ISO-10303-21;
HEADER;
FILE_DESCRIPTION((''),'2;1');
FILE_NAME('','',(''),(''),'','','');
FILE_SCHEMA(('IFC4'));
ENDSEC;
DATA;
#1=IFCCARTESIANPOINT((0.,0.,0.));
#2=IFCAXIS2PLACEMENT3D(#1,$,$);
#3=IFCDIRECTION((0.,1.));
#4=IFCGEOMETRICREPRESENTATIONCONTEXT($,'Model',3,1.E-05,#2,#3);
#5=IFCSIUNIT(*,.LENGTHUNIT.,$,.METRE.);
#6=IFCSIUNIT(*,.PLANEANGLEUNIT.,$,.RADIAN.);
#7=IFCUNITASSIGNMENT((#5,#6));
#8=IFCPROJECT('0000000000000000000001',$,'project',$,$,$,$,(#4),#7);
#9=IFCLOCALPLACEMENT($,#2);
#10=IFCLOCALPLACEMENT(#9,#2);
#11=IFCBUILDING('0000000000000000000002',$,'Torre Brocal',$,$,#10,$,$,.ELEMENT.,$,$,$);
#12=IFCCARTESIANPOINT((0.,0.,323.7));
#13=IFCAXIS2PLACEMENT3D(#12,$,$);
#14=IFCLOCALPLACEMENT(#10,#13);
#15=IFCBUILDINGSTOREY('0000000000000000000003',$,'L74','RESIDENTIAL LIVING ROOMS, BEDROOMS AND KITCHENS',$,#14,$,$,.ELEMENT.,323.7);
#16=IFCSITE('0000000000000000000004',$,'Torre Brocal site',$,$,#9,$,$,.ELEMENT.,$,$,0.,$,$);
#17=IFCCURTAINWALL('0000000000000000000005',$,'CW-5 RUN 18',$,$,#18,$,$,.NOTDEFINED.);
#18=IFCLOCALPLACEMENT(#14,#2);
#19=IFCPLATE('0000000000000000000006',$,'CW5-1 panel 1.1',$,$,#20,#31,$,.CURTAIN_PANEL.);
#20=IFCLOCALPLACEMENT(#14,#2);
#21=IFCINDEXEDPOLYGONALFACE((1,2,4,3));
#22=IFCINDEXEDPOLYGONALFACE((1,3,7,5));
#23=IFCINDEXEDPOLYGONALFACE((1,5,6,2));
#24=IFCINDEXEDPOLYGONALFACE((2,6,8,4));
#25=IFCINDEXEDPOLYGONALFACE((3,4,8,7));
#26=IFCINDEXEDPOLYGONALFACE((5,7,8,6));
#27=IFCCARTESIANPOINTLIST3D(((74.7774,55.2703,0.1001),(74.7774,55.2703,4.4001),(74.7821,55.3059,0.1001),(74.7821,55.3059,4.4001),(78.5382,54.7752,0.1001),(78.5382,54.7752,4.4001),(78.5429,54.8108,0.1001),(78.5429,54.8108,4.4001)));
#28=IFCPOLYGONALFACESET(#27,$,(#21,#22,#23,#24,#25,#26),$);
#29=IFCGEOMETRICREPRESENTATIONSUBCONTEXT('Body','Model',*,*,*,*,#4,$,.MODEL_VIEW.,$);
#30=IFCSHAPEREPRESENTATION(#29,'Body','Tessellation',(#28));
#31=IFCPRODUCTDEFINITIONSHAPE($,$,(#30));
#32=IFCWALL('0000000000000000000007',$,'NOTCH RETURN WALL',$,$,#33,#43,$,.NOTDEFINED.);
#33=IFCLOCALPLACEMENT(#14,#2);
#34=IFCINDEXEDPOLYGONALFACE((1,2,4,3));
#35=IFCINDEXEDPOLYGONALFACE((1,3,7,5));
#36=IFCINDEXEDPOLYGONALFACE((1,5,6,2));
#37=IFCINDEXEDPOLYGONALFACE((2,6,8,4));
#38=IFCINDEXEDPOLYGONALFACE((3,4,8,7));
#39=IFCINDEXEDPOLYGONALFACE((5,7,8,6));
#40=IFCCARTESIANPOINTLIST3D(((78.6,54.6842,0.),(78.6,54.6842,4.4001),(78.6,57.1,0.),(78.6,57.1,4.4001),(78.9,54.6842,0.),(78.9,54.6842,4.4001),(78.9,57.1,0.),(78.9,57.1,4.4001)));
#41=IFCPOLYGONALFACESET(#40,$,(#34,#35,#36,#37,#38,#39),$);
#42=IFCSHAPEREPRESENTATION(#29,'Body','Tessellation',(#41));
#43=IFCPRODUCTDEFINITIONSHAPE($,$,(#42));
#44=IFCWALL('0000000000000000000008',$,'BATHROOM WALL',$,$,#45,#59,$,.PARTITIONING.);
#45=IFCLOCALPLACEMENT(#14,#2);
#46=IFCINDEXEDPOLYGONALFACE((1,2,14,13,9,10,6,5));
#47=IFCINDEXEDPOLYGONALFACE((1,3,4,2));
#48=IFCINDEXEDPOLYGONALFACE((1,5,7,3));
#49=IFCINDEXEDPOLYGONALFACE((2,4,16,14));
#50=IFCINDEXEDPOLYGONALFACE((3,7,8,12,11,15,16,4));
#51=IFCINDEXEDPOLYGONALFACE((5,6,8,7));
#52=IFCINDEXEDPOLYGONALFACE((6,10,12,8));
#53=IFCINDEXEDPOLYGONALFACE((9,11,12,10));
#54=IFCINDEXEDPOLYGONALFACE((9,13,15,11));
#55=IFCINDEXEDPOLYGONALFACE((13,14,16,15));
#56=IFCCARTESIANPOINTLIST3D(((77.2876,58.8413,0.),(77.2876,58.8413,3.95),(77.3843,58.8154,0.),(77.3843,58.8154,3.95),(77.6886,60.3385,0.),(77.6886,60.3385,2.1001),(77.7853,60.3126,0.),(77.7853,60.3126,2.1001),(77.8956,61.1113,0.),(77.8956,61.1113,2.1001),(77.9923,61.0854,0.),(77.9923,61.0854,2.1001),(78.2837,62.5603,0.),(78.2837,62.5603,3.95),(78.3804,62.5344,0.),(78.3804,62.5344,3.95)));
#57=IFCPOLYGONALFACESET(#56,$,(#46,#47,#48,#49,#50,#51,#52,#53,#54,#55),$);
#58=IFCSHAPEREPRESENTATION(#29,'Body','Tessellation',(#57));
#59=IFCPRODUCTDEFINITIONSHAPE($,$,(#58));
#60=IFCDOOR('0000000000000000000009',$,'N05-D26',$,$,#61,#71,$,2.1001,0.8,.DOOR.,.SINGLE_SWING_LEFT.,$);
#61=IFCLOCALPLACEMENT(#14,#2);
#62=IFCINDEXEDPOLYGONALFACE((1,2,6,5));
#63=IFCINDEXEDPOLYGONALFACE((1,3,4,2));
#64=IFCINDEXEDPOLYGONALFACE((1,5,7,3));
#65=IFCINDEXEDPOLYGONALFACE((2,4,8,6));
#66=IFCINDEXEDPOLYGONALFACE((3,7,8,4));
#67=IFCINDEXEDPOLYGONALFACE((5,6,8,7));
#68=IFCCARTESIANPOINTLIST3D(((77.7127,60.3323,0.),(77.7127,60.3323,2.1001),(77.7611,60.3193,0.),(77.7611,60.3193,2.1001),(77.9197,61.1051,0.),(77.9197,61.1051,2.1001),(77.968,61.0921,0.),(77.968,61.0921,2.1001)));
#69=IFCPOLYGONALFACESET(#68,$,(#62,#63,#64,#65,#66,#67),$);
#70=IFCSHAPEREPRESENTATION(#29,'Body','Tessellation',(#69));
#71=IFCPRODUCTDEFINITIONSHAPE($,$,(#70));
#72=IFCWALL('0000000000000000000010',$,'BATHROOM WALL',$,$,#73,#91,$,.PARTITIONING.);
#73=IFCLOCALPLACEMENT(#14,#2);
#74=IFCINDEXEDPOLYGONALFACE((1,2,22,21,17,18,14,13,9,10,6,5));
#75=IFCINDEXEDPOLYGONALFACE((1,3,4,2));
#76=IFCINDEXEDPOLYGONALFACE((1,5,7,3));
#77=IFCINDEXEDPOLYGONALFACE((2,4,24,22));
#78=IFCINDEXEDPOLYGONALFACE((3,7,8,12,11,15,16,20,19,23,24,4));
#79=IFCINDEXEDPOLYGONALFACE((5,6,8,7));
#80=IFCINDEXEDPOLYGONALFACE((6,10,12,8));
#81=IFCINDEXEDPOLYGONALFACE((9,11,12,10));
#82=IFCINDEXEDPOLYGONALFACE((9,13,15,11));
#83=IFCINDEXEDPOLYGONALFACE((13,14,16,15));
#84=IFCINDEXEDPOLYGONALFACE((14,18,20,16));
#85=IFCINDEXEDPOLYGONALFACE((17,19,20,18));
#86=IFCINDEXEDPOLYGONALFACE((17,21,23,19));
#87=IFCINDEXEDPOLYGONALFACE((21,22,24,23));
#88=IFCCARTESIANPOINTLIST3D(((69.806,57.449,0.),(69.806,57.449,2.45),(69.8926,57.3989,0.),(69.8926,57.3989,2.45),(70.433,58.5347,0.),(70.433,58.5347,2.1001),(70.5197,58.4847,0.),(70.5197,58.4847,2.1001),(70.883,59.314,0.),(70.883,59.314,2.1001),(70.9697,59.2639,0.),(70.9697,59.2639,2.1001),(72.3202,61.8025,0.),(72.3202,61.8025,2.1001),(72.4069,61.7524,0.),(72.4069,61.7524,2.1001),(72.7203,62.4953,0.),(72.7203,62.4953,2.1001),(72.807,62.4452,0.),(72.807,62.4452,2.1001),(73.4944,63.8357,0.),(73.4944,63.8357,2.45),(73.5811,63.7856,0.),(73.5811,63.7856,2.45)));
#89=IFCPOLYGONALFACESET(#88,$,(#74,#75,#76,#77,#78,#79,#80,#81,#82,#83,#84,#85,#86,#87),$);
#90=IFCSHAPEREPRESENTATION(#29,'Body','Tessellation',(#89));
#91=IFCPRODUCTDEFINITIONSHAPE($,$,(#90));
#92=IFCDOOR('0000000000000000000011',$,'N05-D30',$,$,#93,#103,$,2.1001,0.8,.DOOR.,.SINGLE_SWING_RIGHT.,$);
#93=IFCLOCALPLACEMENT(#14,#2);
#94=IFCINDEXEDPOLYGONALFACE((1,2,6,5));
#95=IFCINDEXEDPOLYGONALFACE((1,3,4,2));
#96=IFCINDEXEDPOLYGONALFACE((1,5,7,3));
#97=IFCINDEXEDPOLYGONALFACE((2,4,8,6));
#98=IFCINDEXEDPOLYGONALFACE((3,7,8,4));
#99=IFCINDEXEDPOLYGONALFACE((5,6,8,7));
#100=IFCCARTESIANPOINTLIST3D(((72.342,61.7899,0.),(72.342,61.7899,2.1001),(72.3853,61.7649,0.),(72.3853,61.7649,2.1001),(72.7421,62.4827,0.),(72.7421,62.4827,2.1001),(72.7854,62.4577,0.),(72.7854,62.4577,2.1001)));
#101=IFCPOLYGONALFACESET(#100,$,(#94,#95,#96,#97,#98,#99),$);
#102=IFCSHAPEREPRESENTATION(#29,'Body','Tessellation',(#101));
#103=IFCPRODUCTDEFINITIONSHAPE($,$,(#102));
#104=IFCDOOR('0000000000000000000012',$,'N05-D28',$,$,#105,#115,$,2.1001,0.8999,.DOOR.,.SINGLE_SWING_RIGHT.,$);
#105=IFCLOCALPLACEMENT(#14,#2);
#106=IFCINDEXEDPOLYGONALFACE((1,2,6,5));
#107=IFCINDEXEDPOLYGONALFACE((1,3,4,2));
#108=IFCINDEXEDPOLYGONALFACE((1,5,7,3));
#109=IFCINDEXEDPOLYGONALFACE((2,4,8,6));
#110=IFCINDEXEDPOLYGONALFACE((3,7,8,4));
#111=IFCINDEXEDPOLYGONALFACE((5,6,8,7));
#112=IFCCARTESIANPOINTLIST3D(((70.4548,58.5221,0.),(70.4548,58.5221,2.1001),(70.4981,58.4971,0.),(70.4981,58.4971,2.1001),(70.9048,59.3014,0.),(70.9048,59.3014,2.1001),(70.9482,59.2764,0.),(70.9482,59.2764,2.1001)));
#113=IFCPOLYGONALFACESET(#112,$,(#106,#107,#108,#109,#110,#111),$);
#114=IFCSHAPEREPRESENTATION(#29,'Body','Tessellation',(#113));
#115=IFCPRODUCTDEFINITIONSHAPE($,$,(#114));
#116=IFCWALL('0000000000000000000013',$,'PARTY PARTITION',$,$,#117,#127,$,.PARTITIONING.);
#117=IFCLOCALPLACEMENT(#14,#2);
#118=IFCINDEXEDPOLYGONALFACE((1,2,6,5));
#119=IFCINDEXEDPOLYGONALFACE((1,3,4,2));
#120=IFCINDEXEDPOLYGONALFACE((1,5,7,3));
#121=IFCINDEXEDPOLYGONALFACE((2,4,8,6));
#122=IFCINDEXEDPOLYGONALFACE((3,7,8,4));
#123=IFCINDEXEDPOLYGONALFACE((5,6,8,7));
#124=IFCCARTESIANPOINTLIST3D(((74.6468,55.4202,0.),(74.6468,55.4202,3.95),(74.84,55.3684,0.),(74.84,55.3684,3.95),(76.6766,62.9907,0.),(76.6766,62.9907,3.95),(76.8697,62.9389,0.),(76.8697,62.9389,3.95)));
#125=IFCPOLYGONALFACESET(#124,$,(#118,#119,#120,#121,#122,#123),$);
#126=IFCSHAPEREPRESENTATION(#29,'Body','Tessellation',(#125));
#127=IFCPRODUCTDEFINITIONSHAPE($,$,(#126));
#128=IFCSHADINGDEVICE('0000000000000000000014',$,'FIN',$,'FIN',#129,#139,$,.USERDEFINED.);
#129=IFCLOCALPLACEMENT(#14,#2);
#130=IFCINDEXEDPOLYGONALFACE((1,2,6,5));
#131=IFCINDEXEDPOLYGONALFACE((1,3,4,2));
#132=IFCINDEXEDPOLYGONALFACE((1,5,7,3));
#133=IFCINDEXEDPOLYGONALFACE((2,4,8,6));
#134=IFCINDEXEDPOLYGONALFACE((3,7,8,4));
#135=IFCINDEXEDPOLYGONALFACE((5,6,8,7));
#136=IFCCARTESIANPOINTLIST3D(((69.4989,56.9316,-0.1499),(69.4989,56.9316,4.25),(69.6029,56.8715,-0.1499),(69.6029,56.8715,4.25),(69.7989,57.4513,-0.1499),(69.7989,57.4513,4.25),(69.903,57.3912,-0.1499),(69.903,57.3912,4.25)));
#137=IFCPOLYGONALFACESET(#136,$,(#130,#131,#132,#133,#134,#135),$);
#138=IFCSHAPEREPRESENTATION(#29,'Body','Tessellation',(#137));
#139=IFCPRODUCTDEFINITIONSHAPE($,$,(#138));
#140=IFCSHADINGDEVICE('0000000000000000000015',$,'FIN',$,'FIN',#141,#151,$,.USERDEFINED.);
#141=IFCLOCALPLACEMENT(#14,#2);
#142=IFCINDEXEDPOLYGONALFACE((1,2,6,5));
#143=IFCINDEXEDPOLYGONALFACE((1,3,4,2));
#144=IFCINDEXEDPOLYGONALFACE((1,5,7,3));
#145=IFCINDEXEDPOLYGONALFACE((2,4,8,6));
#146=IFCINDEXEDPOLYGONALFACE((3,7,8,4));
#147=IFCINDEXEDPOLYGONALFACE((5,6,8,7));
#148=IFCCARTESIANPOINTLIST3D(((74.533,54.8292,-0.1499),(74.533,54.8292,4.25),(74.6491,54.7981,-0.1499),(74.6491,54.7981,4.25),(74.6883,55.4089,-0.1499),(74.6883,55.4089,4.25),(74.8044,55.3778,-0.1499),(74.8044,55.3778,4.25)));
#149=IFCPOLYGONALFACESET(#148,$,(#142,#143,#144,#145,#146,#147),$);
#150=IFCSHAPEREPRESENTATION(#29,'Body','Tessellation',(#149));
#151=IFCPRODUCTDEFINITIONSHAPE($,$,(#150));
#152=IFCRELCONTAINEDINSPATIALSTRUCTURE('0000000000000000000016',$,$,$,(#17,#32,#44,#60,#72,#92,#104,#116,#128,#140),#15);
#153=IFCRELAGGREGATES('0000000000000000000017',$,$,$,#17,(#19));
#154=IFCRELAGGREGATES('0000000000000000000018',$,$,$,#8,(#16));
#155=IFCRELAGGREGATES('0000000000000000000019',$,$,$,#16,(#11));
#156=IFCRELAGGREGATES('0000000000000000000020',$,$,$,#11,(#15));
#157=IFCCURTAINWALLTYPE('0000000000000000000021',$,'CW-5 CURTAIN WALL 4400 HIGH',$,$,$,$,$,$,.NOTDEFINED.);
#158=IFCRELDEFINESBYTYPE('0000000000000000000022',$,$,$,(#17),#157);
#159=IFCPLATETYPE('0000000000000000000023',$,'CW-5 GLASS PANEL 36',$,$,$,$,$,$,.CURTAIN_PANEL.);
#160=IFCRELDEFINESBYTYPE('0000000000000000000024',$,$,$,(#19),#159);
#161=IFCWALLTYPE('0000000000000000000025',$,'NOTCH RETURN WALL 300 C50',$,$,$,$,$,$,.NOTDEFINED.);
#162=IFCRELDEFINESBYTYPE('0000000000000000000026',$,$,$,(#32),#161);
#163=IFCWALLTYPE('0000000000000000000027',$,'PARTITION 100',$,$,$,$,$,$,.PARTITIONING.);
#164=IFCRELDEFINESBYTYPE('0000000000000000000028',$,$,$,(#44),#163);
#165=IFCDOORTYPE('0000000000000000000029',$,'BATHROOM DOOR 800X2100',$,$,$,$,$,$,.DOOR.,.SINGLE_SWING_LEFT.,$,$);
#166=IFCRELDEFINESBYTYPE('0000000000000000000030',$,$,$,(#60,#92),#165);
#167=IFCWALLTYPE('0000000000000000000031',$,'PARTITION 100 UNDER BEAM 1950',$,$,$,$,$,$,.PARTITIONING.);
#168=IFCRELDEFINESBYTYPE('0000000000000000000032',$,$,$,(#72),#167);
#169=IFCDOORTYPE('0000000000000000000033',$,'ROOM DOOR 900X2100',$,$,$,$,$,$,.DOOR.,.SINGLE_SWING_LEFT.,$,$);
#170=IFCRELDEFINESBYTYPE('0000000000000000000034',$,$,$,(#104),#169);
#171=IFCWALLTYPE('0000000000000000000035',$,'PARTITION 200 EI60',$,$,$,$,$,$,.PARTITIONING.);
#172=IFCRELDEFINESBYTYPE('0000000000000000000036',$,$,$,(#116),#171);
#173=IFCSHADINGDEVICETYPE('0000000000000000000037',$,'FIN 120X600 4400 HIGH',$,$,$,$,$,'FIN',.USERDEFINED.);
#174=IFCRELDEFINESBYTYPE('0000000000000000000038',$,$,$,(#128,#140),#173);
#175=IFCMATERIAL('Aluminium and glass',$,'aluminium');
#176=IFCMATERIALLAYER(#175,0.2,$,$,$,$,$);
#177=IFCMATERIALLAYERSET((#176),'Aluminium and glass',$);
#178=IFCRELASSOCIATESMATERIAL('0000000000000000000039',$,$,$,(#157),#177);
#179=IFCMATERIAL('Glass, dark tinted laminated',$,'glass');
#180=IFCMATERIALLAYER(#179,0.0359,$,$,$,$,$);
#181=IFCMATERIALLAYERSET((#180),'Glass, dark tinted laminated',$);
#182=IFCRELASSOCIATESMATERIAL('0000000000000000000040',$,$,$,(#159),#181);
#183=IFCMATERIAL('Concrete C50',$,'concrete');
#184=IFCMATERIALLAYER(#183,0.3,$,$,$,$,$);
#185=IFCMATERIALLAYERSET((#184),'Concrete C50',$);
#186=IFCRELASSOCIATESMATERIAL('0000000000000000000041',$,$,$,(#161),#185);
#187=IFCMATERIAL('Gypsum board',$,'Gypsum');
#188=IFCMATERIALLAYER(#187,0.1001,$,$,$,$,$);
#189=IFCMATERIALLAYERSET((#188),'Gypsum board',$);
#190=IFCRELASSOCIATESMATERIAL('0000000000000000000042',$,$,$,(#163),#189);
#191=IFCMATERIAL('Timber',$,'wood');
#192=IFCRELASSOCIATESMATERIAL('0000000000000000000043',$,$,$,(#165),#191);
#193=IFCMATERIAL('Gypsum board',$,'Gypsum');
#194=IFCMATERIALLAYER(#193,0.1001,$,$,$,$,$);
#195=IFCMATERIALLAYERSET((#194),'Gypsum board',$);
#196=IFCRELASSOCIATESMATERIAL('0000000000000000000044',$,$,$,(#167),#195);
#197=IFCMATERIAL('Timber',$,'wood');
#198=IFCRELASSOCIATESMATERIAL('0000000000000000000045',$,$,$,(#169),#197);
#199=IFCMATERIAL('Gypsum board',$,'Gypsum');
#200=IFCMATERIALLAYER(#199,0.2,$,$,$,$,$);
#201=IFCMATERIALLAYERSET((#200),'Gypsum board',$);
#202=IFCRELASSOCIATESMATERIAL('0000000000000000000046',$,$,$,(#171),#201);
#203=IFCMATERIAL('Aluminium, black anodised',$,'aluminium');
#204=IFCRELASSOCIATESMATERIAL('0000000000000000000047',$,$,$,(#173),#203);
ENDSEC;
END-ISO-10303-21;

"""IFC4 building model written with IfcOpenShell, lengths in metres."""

from ifc_helpers import new_model, si_unit, direction, frame, frame_2d, origin, origin_2d, place, context, subcontext, project, spatial, rectangle, extrude, material, layer, layer_set, material_profile, profile_set, type_object, element, fill, aggregate, save


model = new_model("IFC4")

# Units and contexts
model_context = context("Model", 3, precision=1e-05, world=origin(), true_north=direction((0.0, 1.0)))
body_context = subcontext(model_context, "Body", "Model", "MODEL_VIEW")
ifc_project = project(units=[si_unit("LENGTHUNIT", "METRE"), si_unit("PLANEANGLEUNIT", "RADIAN")], contexts=[model_context])

# Site, building, storey
site_placement = place(None, origin())
site = spatial("IfcSite", under=ifc_project, at=site_placement, Name="Torre Brocal site", CompositionType="ELEMENT", RefElevation=0.0)
building_placement = place(site_placement, origin())
building = spatial("IfcBuilding", under=site, at=building_placement, Name="Torre Brocal", CompositionType="ELEMENT")
storey_placement = place(building_placement, frame((0.0, 0.0, 323.7)))
storey = spatial("IfcBuildingStorey", under=building, at=storey_placement, Name="L74", Description="RESIDENTIAL LIVING ROOMS, BEDROOMS AND KITCHENS", CompositionType="ELEMENT", Elevation=323.7)

# Shared definitions
ifc_material_1 = material(Name="Aluminium and glass", Category="aluminium")
ifc_layer_1 = layer(ifc_material_1, 0.2)
ifc_layer_set_1 = layer_set([ifc_layer_1], Name="Aluminium and glass")
curtain_wall_type = type_object("IfcCurtainWallType", Name="CW-5 CURTAIN WALL 4400 HIGH", PredefinedType="NOTDEFINED", material=ifc_layer_set_1)

# Curtain wall
curtain_wall_1_placement = place(storey_placement, origin())
curtain_wall_1 = element("IfcCurtainWall", 1, at=curtain_wall_1_placement, inside=storey, type_object=curtain_wall_type, Name="CW-5 RUN 18", PredefinedType="NOTDEFINED")

# Plate
ifc_material_2 = material(Name="Glass, dark tinted laminated", Category="glass")
ifc_layer_2 = layer(ifc_material_2, 0.0359)
ifc_layer_set_2 = layer_set([ifc_layer_2], Name="Glass, dark tinted laminated")
plate_type = type_object("IfcPlateType", Name="CW-5 GLASS PANEL 36", PredefinedType="CURTAIN_PANEL", material=ifc_layer_set_2)
plate_1_placement = place(storey_placement, frame((76.6602, 55.0405, 0.1001), z_axis=(0.0, 0.0, 1.0), x_axis=(0.991445, -0.130526, 0.0)))
plate_1 = element("IfcPlate", 2, at=plate_1_placement, type_object=plate_type, Name="CW5-1 panel 1.1", PredefinedType="CURTAIN_PANEL", context=body_context, shape_type="SweptSolid", body=[
    extrude(rectangle(XDim=3.7932, YDim=0.0359, at=origin_2d()), origin(), (0.0, 0.0, 1.0), 4.3),
])
aggregate(curtain_wall_1, [plate_1])

# Wall
ifc_material_3 = material(Name="Concrete C50", Category="concrete")
ifc_layer_3 = layer(ifc_material_3, 0.3)
ifc_layer_set_3 = layer_set([ifc_layer_3], Name="Concrete C50")
wall_type_1 = type_object("IfcWallType", Name="NOTCH RETURN WALL 300 C50", PredefinedType="NOTDEFINED", material=ifc_layer_set_3)
wall_1_placement = place(storey_placement, frame((78.75, 57.1001, 0.0), z_axis=(0.0, 0.0, 1.0), x_axis=(0.0, -1.0, 0.0)))
element("IfcWall", 3, at=wall_1_placement, inside=storey, type_object=wall_type_1, Name="NOTCH RETURN WALL", PredefinedType="NOTDEFINED", context=body_context, shape_type="SweptSolid", body=[
    extrude(rectangle(XDim=2.4158, YDim=0.3, at=frame_2d((1.208, 0.0))), origin(), (0.0, 0.0, 1.0), 4.4001),
])

# Wall, opening, door
ifc_material_4 = material(Name="Gypsum board", Category="Gypsum")
ifc_layer_4 = layer(ifc_material_4, 0.1001)
ifc_layer_set_4 = layer_set([ifc_layer_4], Name="Gypsum board")
wall_type_2 = type_object("IfcWallType", Name="PARTITION 100", PredefinedType="PARTITIONING", material=ifc_layer_set_4)
wall_2_placement = place(storey_placement, frame((77.3359, 58.8284, 0.0), z_axis=(0.0, 0.0, 1.0), x_axis=(0.25872, 0.965952, 0.0)))
wall_2 = element("IfcWall", 4, at=wall_2_placement, inside=storey, type_object=wall_type_2, Name="BATHROOM WALL", PredefinedType="PARTITIONING", context=body_context, shape_type="SweptSolid", body=[
    extrude(rectangle(XDim=3.8501, YDim=0.1001, at=frame_2d((1.925, 0.0))), origin(), (0.0, 0.0, 1.0), 3.95),
])
opening_1_placement = place(wall_2_placement, frame((1.55, 0.0, 0.0)))
opening_1 = element("IfcOpeningElement", 5, at=opening_1_placement, cuts=wall_2, PredefinedType="OPENING", context=body_context, shape_type="SweptSolid", body=[
    extrude(rectangle(XDim=0.8, YDim=2.1001, at=frame_2d((0.3999, 1.05))), frame((0.0, 0.0601, 0.0), z_axis=(0.0, -1.0, 0.0), x_axis=(1.0, 0.0, 0.0)), (0.0, 0.0, 1.0), 0.1201),
])
ifc_material_5 = material(Name="Timber", Category="wood")
door_type_1 = type_object("IfcDoorType", Name="BATHROOM DOOR 800X2100", OperationType="SINGLE_SWING_LEFT", PredefinedType="DOOR", material=ifc_material_5)
door_1_placement = place(opening_1_placement, frame((0.8, 0.0, 0.0), z_axis=(0.0, 0.0, 1.0), x_axis=(-1.0, 0.0, 0.0)))
door_1 = element("IfcDoor", 6, at=door_1_placement, inside=storey, type_object=door_type_1, Name="N05-D26", OperationType="SINGLE_SWING_LEFT", OverallHeight=2.1001, OverallWidth=0.8, PredefinedType="DOOR", context=body_context, shape_type="SweptSolid", body=[
    extrude(rectangle(XDim=0.8, YDim=2.1001, at=frame_2d((0.3999, 1.05))), frame((0.0, 0.0249, 0.0), z_axis=(0.0, -1.0, 0.0), x_axis=(1.0, 0.0, 0.0)), (0.0, 0.0, 1.0), 0.05),
])
fill(opening_1, door_1)

# Wall, openings, doors
ifc_material_6 = material(Name="Gypsum board", Category="Gypsum")
ifc_layer_5 = layer(ifc_material_6, 0.1001)
ifc_layer_set_5 = layer_set([ifc_layer_5], Name="Gypsum board")
wall_type_3 = type_object("IfcWallType", Name="PARTITION 100 UNDER BEAM 1950", PredefinedType="PARTITIONING", material=ifc_layer_set_5)
wall_3_placement = place(storey_placement, frame((69.8494, 57.4241, 0.0), z_axis=(0.0, 0.0, 1.0), x_axis=(0.500112, 0.865961, 0.0)))
wall_3 = element("IfcWall", 7, at=wall_3_placement, inside=storey, type_object=wall_type_3, Name="BATHROOM WALL", PredefinedType="PARTITIONING", context=body_context, shape_type="SweptSolid", body=[
    extrude(rectangle(XDim=7.3752, YDim=0.1001, at=frame_2d((3.6875, 0.0))), origin(), (0.0, 0.0, 1.0), 2.45),
])
opening_2_placement = place(wall_3_placement, frame((1.2537, 0.0, 0.0)))
opening_2 = element("IfcOpeningElement", 8, at=opening_2_placement, cuts=wall_3, PredefinedType="OPENING", context=body_context, shape_type="SweptSolid", body=[
    extrude(rectangle(XDim=0.8999, YDim=2.1001, at=frame_2d((0.45, 1.05))), frame((0.0, 0.0601, 0.0), z_axis=(0.0, -1.0, 0.0), x_axis=(1.0, 0.0, 0.0)), (0.0, 0.0, 1.0), 0.1201),
])
opening_3_placement = place(wall_3_placement, frame((5.0273, 0.0, 0.0)))
opening_3 = element("IfcOpeningElement", 9, at=opening_3_placement, cuts=wall_3, PredefinedType="OPENING", context=body_context, shape_type="SweptSolid", body=[
    extrude(rectangle(XDim=0.8, YDim=2.1001, at=frame_2d((0.3999, 1.05))), frame((0.0, 0.0601, 0.0), z_axis=(0.0, -1.0, 0.0), x_axis=(1.0, 0.0, 0.0)), (0.0, 0.0, 1.0), 0.1201),
])
door_2_placement = place(opening_3_placement, origin())
door_2 = element("IfcDoor", 10, at=door_2_placement, inside=storey, type_object=door_type_1, Name="N05-D30", OperationType="SINGLE_SWING_RIGHT", OverallHeight=2.1001, OverallWidth=0.8, PredefinedType="DOOR", context=body_context, shape_type="SweptSolid", body=[
    extrude(rectangle(XDim=0.8, YDim=2.1001, at=frame_2d((0.3999, 1.05))), frame((0.0, 0.0249, 0.0), z_axis=(0.0, -1.0, 0.0), x_axis=(1.0, 0.0, 0.0)), (0.0, 0.0, 1.0), 0.05),
])
fill(opening_3, door_2)
ifc_material_7 = material(Name="Timber", Category="wood")
door_type_2 = type_object("IfcDoorType", Name="ROOM DOOR 900X2100", OperationType="SINGLE_SWING_LEFT", PredefinedType="DOOR", material=ifc_material_7)
door_3_placement = place(opening_2_placement, origin())
door_3 = element("IfcDoor", 11, at=door_3_placement, inside=storey, type_object=door_type_2, Name="N05-D28", OperationType="SINGLE_SWING_RIGHT", OverallHeight=2.1001, OverallWidth=0.8999, PredefinedType="DOOR", context=body_context, shape_type="SweptSolid", body=[
    extrude(rectangle(XDim=0.8999, YDim=2.1001, at=frame_2d((0.45, 1.05))), frame((0.0, 0.0249, 0.0), z_axis=(0.0, -1.0, 0.0), x_axis=(1.0, 0.0, 0.0)), (0.0, 0.0, 1.0), 0.05),
])
fill(opening_2, door_3)

# Wall
ifc_material_8 = material(Name="Gypsum board", Category="Gypsum")
ifc_layer_6 = layer(ifc_material_8, 0.2)
ifc_layer_set_6 = layer_set([ifc_layer_6], Name="Gypsum board")
wall_type_4 = type_object("IfcWallType", Name="PARTITION 200 EI60", PredefinedType="PARTITIONING", material=ifc_layer_set_6)
wall_4_placement = place(storey_placement, frame((74.7434, 55.3943, 0.0), z_axis=(0.0, 0.0, 1.0), x_axis=(0.258969, 0.965886, 0.0)))
element("IfcWall", 12, at=wall_4_placement, inside=storey, type_object=wall_type_4, Name="PARTY PARTITION", PredefinedType="PARTITIONING", context=body_context, shape_type="SweptSolid", body=[
    extrude(rectangle(XDim=7.8379, YDim=0.2, at=frame_2d((3.9189, 0.0))), origin(), (0.0, 0.0, 1.0), 3.95),
])

# Shading devices
ifc_material_9 = material(Name="Aluminium, black anodised", Category="aluminium")
ifc_material_profile_1 = material_profile(ifc_material_9, rectangle(XDim=0.1201, YDim=0.6001, at=origin_2d()), Name="FIN 120X600 4400 HIGH")
ifc_profile_set_1 = profile_set([ifc_material_profile_1], Name="Aluminium, black anodised")
shading_device_type = type_object("IfcShadingDeviceType", Name="FIN 120X600 4400 HIGH", ElementType="FIN", PredefinedType="USERDEFINED", material=ifc_profile_set_1)
for number, where, z_axis, x_axis, name in (
    (13, (69.7009, 57.1614, -0.1499), (0.0, 0.0, 1.0), (0.866025, -0.5, 0.0), "FIN"),
    (14, (74.6687, 55.1035, -0.1499), (0.0, 0.0, 1.0), (0.965926, -0.258819, 0.0), "FIN"),
):
    element("IfcShadingDevice", number, at=place(storey_placement, frame(where, z_axis=z_axis, x_axis=x_axis)), inside=storey, type_object=shading_device_type, Name=name, ObjectType="FIN", PredefinedType="USERDEFINED", context=body_context, shape_type="SweptSolid", body=[
        extrude(rectangle(XDim=0.1201, YDim=0.6001, at=origin_2d()), origin(), (0.0, 0.0, 1.0), 4.3999),
    ])

save(model, "model.ifc")
